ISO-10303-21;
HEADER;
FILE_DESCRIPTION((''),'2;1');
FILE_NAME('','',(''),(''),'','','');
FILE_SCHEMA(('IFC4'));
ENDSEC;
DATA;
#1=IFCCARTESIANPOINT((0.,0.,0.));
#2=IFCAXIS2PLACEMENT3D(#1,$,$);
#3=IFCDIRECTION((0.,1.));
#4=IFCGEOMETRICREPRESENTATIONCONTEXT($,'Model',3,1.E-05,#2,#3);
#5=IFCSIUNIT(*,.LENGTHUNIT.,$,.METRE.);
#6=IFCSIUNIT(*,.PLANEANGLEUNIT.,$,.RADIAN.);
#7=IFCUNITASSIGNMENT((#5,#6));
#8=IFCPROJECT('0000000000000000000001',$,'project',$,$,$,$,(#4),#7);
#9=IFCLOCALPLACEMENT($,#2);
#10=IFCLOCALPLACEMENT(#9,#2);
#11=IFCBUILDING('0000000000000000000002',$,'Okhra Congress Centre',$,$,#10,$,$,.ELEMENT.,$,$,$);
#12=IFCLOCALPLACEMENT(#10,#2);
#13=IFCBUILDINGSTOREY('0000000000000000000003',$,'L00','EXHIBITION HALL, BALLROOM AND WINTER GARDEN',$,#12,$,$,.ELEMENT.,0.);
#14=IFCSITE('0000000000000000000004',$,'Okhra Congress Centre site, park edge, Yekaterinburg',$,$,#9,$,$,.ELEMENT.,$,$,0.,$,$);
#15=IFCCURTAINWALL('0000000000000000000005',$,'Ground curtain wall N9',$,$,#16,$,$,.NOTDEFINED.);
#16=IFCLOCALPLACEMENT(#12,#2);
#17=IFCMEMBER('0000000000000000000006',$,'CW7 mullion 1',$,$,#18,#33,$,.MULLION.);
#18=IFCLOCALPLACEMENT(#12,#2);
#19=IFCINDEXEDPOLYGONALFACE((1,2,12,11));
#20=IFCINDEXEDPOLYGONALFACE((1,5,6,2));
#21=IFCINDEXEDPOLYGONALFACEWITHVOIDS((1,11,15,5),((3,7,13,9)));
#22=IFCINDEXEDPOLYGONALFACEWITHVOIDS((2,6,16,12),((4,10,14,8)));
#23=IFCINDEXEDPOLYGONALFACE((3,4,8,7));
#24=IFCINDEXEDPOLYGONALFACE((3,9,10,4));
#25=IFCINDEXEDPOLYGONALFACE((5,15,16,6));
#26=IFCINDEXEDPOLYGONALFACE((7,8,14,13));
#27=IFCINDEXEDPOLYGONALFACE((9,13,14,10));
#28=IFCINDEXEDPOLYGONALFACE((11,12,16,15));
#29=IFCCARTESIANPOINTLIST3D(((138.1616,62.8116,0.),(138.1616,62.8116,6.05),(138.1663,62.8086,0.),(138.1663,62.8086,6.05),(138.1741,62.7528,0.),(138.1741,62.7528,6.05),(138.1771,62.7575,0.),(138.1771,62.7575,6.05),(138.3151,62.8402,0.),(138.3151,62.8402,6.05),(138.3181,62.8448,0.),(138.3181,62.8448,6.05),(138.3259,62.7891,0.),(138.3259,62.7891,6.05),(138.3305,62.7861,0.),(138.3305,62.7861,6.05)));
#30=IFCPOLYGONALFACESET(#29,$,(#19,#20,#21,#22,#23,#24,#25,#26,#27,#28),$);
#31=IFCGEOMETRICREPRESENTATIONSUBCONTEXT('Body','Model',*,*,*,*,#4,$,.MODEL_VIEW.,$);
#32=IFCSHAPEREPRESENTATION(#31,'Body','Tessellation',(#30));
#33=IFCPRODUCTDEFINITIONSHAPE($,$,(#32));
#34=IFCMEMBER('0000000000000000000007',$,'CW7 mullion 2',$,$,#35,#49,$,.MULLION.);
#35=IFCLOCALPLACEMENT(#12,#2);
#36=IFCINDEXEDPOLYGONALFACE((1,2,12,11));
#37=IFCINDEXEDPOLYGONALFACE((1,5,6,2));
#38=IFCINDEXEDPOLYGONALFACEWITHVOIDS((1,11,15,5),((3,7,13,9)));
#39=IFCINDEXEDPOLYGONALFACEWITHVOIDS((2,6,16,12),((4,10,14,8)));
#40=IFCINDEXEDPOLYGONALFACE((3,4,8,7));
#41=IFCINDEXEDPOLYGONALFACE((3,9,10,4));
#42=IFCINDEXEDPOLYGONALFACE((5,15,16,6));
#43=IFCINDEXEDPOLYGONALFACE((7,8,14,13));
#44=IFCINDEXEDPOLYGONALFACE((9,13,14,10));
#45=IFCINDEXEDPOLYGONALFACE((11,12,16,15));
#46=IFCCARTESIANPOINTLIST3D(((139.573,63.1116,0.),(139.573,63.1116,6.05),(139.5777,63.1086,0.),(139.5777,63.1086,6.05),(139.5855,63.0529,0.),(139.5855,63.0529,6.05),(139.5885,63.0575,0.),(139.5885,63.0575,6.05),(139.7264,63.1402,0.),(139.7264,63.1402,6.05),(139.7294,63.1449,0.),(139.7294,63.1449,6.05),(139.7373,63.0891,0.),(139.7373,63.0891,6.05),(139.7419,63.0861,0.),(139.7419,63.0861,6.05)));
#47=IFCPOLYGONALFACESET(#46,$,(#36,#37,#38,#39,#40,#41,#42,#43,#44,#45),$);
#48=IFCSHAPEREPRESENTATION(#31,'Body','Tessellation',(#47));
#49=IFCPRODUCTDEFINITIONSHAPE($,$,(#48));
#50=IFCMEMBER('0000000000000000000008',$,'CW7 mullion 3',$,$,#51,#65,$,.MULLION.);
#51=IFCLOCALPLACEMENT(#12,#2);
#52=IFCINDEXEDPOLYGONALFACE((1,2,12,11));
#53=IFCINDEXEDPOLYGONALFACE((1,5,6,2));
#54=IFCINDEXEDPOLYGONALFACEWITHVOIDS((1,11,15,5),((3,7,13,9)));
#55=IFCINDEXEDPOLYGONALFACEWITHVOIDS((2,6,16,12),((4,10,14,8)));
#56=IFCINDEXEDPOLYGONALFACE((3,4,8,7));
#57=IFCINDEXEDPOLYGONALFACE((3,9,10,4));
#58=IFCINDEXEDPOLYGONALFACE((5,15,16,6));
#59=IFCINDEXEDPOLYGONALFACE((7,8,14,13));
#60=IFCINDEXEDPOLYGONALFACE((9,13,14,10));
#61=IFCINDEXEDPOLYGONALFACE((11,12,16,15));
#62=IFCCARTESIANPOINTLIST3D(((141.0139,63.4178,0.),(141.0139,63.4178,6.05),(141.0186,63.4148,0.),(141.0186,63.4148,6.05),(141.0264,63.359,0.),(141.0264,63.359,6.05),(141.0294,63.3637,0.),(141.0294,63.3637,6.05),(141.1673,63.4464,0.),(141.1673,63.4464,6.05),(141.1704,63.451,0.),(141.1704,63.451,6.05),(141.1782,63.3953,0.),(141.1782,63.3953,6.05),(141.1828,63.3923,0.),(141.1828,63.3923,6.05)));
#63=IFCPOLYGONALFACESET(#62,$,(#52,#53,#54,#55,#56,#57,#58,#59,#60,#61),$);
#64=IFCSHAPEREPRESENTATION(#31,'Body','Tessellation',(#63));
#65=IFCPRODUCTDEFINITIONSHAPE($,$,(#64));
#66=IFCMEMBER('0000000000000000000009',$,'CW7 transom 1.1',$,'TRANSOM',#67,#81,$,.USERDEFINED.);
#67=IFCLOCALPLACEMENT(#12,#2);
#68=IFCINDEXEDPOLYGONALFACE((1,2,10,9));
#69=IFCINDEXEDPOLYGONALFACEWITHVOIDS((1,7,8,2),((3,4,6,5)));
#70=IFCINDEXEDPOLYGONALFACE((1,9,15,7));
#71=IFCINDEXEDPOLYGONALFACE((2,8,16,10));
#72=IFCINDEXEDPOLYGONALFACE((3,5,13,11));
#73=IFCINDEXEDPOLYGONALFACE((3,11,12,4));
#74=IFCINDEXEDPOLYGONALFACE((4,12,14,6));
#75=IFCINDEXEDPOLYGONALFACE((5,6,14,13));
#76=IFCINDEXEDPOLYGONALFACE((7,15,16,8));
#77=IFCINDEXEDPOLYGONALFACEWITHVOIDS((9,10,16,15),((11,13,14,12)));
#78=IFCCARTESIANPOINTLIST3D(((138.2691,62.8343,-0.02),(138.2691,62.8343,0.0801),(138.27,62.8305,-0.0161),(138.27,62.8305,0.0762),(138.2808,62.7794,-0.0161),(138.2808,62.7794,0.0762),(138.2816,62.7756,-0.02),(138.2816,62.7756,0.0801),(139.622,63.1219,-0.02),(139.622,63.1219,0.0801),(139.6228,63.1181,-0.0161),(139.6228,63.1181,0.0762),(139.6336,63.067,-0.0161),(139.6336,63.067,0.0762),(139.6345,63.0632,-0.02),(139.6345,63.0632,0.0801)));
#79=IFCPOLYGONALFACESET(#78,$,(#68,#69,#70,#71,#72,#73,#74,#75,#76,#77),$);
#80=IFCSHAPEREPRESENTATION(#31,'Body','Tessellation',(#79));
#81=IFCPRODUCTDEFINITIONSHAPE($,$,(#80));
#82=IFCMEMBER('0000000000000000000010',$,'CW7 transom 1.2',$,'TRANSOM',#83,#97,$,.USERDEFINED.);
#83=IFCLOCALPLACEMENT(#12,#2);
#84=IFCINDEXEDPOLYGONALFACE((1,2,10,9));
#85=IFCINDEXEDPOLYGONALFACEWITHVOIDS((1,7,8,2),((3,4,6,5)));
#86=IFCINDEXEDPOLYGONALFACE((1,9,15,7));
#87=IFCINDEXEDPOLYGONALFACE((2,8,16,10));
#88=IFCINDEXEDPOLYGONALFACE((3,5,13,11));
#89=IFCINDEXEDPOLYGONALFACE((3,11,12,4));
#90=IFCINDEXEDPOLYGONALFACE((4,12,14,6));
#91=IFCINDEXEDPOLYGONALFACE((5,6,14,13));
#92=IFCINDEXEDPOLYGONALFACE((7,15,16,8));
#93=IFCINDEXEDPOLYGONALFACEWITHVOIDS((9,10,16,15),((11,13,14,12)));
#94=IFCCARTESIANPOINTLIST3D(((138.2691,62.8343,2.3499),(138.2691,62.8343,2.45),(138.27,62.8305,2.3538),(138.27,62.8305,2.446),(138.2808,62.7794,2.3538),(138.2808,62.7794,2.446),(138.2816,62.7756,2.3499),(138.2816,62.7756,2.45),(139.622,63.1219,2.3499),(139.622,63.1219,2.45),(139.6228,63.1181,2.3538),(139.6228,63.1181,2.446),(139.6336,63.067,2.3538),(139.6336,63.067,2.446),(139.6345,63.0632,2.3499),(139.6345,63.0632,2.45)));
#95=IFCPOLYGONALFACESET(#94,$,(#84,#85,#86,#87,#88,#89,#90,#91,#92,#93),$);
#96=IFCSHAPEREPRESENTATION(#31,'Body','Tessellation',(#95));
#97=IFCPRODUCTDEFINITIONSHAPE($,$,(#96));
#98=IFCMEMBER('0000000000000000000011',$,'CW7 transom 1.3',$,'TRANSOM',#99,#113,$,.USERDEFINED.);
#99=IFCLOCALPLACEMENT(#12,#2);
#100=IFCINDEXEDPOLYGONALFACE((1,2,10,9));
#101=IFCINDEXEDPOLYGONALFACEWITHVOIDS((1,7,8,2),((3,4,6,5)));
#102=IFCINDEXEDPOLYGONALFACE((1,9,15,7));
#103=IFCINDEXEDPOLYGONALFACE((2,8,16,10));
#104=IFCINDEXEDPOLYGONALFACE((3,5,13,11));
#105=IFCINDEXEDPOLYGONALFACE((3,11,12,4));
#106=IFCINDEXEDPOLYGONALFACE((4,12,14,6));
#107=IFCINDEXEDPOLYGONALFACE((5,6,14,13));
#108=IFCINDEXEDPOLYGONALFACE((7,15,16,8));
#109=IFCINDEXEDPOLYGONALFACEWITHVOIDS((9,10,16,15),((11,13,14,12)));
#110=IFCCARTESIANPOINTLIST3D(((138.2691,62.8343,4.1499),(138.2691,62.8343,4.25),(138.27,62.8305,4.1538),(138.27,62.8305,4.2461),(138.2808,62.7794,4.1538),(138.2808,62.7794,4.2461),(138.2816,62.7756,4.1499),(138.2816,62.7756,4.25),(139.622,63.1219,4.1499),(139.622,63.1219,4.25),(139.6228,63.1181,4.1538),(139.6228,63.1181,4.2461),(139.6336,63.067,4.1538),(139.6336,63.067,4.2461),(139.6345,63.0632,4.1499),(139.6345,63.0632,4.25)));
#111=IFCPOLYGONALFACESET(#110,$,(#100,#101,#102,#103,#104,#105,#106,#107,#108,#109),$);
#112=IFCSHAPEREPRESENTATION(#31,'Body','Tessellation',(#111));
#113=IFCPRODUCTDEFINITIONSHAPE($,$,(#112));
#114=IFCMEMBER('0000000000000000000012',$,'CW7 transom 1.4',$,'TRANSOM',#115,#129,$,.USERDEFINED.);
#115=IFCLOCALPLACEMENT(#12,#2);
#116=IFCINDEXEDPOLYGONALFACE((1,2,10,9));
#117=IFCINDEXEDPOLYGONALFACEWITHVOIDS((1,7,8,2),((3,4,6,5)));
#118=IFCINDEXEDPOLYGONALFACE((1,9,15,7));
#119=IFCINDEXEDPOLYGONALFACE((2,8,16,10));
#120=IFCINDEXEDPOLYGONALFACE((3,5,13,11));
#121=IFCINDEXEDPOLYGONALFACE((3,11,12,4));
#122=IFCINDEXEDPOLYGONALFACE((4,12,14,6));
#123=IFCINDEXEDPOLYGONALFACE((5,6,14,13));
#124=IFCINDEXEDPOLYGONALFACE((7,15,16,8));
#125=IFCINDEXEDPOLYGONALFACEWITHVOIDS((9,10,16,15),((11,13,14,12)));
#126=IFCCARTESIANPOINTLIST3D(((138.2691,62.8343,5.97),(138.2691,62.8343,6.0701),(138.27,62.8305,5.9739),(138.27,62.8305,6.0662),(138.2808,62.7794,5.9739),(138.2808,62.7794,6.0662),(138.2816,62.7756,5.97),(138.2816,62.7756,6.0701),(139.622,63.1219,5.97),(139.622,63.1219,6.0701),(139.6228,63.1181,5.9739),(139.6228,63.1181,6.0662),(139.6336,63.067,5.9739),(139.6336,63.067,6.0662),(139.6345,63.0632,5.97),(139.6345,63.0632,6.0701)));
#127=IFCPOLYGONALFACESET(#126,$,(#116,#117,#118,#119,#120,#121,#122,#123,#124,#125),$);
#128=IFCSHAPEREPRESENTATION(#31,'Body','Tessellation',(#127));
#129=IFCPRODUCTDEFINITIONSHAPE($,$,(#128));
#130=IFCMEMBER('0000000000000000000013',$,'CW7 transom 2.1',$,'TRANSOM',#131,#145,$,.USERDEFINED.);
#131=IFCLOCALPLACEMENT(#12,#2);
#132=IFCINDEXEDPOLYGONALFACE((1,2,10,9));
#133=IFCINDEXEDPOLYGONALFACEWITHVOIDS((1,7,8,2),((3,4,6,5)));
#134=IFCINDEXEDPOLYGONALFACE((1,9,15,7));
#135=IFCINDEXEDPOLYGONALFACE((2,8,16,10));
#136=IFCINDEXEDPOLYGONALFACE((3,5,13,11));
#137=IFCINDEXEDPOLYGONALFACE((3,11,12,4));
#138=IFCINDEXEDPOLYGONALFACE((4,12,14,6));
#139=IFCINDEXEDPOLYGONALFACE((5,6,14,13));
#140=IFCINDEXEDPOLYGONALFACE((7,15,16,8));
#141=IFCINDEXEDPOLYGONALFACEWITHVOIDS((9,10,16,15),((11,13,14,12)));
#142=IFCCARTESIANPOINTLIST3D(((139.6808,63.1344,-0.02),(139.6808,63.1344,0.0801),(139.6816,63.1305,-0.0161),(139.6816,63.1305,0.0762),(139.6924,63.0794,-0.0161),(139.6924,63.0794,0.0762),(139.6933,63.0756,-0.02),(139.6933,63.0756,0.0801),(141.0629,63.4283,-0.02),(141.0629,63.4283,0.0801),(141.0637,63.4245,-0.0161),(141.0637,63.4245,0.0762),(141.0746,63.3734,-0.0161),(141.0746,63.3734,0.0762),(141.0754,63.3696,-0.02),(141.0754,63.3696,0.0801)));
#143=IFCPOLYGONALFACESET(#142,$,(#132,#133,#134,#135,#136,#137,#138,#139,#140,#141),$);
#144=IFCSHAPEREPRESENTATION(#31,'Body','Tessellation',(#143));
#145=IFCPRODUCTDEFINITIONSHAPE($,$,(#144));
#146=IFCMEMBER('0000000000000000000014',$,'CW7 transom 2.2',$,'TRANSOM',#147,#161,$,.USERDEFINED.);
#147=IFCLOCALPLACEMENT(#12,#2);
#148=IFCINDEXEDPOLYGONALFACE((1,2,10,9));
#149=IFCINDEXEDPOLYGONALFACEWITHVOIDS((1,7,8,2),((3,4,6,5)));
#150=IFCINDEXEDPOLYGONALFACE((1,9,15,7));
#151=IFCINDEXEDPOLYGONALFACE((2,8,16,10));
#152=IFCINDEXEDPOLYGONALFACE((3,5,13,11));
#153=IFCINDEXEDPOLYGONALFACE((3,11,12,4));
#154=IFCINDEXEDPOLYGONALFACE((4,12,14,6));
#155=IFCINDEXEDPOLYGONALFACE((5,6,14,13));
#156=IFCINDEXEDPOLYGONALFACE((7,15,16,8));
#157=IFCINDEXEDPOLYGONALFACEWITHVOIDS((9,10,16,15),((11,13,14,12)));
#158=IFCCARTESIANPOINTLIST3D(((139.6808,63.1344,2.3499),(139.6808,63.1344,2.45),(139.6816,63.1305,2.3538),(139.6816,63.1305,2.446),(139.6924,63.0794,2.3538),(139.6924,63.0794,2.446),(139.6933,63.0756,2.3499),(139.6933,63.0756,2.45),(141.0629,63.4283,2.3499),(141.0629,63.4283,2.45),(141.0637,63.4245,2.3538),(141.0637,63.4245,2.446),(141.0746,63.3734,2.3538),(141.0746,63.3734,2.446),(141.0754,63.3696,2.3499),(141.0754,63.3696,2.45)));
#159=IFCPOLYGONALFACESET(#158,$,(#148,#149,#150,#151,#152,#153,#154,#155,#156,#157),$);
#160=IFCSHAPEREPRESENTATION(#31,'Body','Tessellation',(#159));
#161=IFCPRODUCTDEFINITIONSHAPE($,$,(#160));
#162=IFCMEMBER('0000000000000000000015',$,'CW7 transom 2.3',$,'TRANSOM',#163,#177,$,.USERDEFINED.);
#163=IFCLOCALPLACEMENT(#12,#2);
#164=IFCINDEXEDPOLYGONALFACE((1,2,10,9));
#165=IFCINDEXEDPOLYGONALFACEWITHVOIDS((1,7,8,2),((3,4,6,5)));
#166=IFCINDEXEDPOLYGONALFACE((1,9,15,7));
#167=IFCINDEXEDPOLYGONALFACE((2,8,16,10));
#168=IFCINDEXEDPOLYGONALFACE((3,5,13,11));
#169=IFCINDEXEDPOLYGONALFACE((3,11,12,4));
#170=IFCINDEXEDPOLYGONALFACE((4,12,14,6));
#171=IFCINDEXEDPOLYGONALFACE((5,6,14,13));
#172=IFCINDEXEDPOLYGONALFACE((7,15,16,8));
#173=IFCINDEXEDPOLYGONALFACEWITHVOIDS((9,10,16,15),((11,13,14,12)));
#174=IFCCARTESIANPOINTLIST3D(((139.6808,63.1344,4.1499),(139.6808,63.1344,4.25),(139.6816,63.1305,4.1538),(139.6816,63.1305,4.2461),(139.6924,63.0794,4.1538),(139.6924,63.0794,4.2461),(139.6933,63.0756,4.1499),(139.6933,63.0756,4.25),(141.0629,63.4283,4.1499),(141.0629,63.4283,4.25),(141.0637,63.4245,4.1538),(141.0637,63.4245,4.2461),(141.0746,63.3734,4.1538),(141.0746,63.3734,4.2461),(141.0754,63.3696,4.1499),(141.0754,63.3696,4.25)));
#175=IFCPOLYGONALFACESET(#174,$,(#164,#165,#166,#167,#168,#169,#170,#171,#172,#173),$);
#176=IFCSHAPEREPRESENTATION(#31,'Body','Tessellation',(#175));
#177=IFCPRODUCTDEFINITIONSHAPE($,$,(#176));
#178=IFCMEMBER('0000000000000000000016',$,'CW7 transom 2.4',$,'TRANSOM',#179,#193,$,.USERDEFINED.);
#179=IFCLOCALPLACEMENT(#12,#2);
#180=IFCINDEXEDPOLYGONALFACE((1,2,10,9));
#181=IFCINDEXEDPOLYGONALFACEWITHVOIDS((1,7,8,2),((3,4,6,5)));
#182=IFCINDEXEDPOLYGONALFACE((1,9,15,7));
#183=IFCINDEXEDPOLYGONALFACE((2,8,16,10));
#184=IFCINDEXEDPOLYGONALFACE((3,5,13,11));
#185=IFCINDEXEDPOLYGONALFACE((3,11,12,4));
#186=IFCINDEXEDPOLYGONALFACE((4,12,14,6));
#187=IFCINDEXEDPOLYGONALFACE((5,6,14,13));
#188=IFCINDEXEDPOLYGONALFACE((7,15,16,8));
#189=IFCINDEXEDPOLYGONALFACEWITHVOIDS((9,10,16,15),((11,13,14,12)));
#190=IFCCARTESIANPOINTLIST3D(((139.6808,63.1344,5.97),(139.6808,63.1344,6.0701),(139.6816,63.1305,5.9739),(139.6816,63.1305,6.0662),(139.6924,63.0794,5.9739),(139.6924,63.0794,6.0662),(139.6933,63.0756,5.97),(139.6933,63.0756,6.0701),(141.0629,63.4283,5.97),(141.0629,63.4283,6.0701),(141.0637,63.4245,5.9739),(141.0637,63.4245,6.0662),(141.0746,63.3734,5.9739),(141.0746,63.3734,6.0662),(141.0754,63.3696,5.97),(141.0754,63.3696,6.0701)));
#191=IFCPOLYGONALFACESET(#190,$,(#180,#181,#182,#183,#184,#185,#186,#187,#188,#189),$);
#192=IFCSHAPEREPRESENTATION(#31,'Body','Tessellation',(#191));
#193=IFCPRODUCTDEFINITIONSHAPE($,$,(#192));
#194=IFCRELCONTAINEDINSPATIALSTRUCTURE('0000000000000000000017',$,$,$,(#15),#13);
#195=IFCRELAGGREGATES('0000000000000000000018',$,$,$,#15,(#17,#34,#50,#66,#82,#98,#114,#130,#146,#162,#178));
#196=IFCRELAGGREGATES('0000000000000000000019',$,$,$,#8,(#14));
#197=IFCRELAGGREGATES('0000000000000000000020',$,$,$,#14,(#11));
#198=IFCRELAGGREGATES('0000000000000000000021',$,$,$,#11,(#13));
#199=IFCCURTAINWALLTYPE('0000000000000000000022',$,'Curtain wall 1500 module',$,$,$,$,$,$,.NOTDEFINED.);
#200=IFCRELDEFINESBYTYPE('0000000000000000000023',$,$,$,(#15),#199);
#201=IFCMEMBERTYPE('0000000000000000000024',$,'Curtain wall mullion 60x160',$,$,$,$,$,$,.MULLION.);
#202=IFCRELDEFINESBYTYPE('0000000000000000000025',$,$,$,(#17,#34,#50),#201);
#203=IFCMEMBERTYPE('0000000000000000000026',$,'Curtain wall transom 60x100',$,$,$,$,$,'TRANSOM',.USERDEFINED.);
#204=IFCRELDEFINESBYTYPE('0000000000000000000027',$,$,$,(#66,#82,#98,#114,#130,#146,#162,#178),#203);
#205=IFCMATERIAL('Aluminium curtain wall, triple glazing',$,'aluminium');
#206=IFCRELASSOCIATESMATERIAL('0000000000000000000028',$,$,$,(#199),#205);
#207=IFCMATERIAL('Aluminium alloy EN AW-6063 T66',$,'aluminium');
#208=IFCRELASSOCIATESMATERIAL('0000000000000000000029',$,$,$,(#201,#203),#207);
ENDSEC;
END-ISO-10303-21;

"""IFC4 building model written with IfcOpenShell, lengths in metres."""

from ifc_helpers import new_model, si_unit, direction, frame, origin, origin_2d, place, context, subcontext, project, spatial, hollow_rectangle, extrude, material, material_profile, profile_set, type_object, element, aggregate, save


model = new_model("IFC4")

# Units and contexts
model_context = context("Model", 3, precision=1e-05, world=origin(), true_north=direction((0.0, 1.0)))
body_context = subcontext(model_context, "Body", "Model", "MODEL_VIEW")
ifc_project = project(units=[si_unit("LENGTHUNIT", "METRE"), si_unit("PLANEANGLEUNIT", "RADIAN")], contexts=[model_context])

# Site, building, storey
site_placement = place(None, origin())
site = spatial("IfcSite", under=ifc_project, at=site_placement, Name="Okhra Congress Centre site, park edge, Yekaterinburg", CompositionType="ELEMENT", RefElevation=0.0)
building_placement = place(site_placement, origin())
building = spatial("IfcBuilding", under=site, at=building_placement, Name="Okhra Congress Centre", CompositionType="ELEMENT")
storey_placement = place(building_placement, origin())
storey = spatial("IfcBuildingStorey", under=building, at=storey_placement, Name="L00", Description="EXHIBITION HALL, BALLROOM AND WINTER GARDEN", CompositionType="ELEMENT", Elevation=0.0)

# Curtain wall, members
ifc_material_1 = material(Name="Aluminium curtain wall, triple glazing", Category="aluminium")
curtain_wall_type = type_object("IfcCurtainWallType", Name="Curtain wall 1500 module", PredefinedType="NOTDEFINED", material=ifc_material_1)
curtain_wall_placement = place(storey_placement, origin())
curtain_wall = element("IfcCurtainWall", 1, at=curtain_wall_placement, inside=storey, type_object=curtain_wall_type, Name="Ground curtain wall N9", PredefinedType="NOTDEFINED")
ifc_material_2 = material(Name="Aluminium alloy EN AW-6063 T66", Category="aluminium")
ifc_material_profile_1 = material_profile(ifc_material_2, hollow_rectangle(XDim=0.0601, YDim=0.1599, WallThickness=0.0039, at=origin_2d()), Name="RHS 60x160x4")
ifc_profile_set_1 = profile_set([ifc_material_profile_1], Name="Aluminium alloy EN AW-6063 T66")
member_type_1 = type_object("IfcMemberType", Name="Curtain wall mullion 60x160", PredefinedType="MULLION", material=ifc_profile_set_1)
member_1_placement = place(storey_placement, frame((138.2461, 62.7988, 0.0), z_axis=(0.0, 0.0, 1.0), x_axis=(-0.207912, 0.978148, 0.0)))
member_1 = element("IfcMember", 2, at=member_1_placement, type_object=member_type_1, Name="CW7 mullion 1", PredefinedType="MULLION", context=body_context, shape_type="SweptSolid", body=[
    extrude(hollow_rectangle(XDim=0.0601, YDim=0.1599, WallThickness=0.0039, at=origin_2d()), origin(), (0.0, 0.0, 1.0), 6.05),
])
member_2_placement = place(storey_placement, frame((139.6575, 63.0989, 0.0), z_axis=(0.0, 0.0, 1.0), x_axis=(-0.207912, 0.978148, 0.0)))
member_2 = element("IfcMember", 3, at=member_2_placement, type_object=member_type_1, Name="CW7 mullion 2", PredefinedType="MULLION", context=body_context, shape_type="SweptSolid", body=[
    extrude(hollow_rectangle(XDim=0.0601, YDim=0.1599, WallThickness=0.0039, at=origin_2d()), origin(), (0.0, 0.0, 1.0), 6.05),
])
member_3_placement = place(storey_placement, frame((141.0984, 63.405, 0.0), z_axis=(0.0, 0.0, 1.0), x_axis=(-0.207912, 0.978148, 0.0)))
member_3 = element("IfcMember", 4, at=member_3_placement, type_object=member_type_1, Name="CW7 mullion 3", PredefinedType="MULLION", context=body_context, shape_type="SweptSolid", body=[
    extrude(hollow_rectangle(XDim=0.0601, YDim=0.1599, WallThickness=0.0039, at=origin_2d()), origin(), (0.0, 0.0, 1.0), 6.05),
])
ifc_material_profile_2 = material_profile(ifc_material_2, hollow_rectangle(XDim=0.0601, YDim=0.1001, WallThickness=0.0039, at=origin_2d()), Name="RHS 60x100x4")
ifc_profile_set_2 = profile_set([ifc_material_profile_2], Name="Aluminium alloy EN AW-6063 T66")
member_type_2 = type_object("IfcMemberType", Name="Curtain wall transom 60x100", ElementType="TRANSOM", PredefinedType="USERDEFINED", material=ifc_profile_set_2)
member_4_placement = place(storey_placement, frame((138.2754, 62.8049, 0.03), z_axis=(0.97814, 0.20795, 0.0), x_axis=(-0.20795, 0.97814, 0.0)))
member_4 = element("IfcMember", 5, at=member_4_placement, type_object=member_type_2, Name="CW7 transom 1.1", ObjectType="TRANSOM", PredefinedType="USERDEFINED", context=body_context, shape_type="SweptSolid", body=[
    extrude(hollow_rectangle(XDim=0.0601, YDim=0.1001, WallThickness=0.0039, at=origin_2d()), origin(), (0.0, 0.0, 1.0), 1.3831),
])
member_5_placement = place(storey_placement, frame((138.2754, 62.8049, 2.3999), z_axis=(0.97814, 0.20795, 0.0), x_axis=(-0.20795, 0.97814, 0.0)))
member_5 = element("IfcMember", 6, at=member_5_placement, type_object=member_type_2, Name="CW7 transom 1.2", ObjectType="TRANSOM", PredefinedType="USERDEFINED", context=body_context, shape_type="SweptSolid", body=[
    extrude(hollow_rectangle(XDim=0.0601, YDim=0.1001, WallThickness=0.0039, at=origin_2d()), origin(), (0.0, 0.0, 1.0), 1.3831),
])
member_6_placement = place(storey_placement, frame((138.2754, 62.8049, 4.2), z_axis=(0.97814, 0.20795, 0.0), x_axis=(-0.20795, 0.97814, 0.0)))
member_6 = element("IfcMember", 7, at=member_6_placement, type_object=member_type_2, Name="CW7 transom 1.3", ObjectType="TRANSOM", PredefinedType="USERDEFINED", context=body_context, shape_type="SweptSolid", body=[
    extrude(hollow_rectangle(XDim=0.0601, YDim=0.1001, WallThickness=0.0039, at=origin_2d()), origin(), (0.0, 0.0, 1.0), 1.3831),
])
member_7_placement = place(storey_placement, frame((138.2754, 62.8049, 6.02), z_axis=(0.97814, 0.20795, 0.0), x_axis=(-0.20795, 0.97814, 0.0)))
member_7 = element("IfcMember", 8, at=member_7_placement, type_object=member_type_2, Name="CW7 transom 1.4", ObjectType="TRANSOM", PredefinedType="USERDEFINED", context=body_context, shape_type="SweptSolid", body=[
    extrude(hollow_rectangle(XDim=0.0601, YDim=0.1001, WallThickness=0.0039, at=origin_2d()), origin(), (0.0, 0.0, 1.0), 1.3831),
])
member_8_placement = place(storey_placement, frame((139.687, 63.105, 0.03), z_axis=(0.978122, 0.20803, 0.0), x_axis=(-0.20803, 0.978122, 0.0)))
member_8 = element("IfcMember", 9, at=member_8_placement, type_object=member_type_2, Name="CW7 transom 2.1", ObjectType="TRANSOM", PredefinedType="USERDEFINED", context=body_context, shape_type="SweptSolid", body=[
    extrude(hollow_rectangle(XDim=0.0601, YDim=0.1001, WallThickness=0.0039, at=origin_2d()), origin(), (0.0, 0.0, 1.0), 1.4131),
])
member_9_placement = place(storey_placement, frame((139.687, 63.105, 2.3999), z_axis=(0.978122, 0.20803, 0.0), x_axis=(-0.20803, 0.978122, 0.0)))
member_9 = element("IfcMember", 10, at=member_9_placement, type_object=member_type_2, Name="CW7 transom 2.2", ObjectType="TRANSOM", PredefinedType="USERDEFINED", context=body_context, shape_type="SweptSolid", body=[
    extrude(hollow_rectangle(XDim=0.0601, YDim=0.1001, WallThickness=0.0039, at=origin_2d()), origin(), (0.0, 0.0, 1.0), 1.4131),
])
member_10_placement = place(storey_placement, frame((139.687, 63.105, 4.2), z_axis=(0.978122, 0.20803, 0.0), x_axis=(-0.20803, 0.978122, 0.0)))
member_10 = element("IfcMember", 11, at=member_10_placement, type_object=member_type_2, Name="CW7 transom 2.3", ObjectType="TRANSOM", PredefinedType="USERDEFINED", context=body_context, shape_type="SweptSolid", body=[
    extrude(hollow_rectangle(XDim=0.0601, YDim=0.1001, WallThickness=0.0039, at=origin_2d()), origin(), (0.0, 0.0, 1.0), 1.4131),
])
member_11_placement = place(storey_placement, frame((139.687, 63.105, 6.02), z_axis=(0.978122, 0.20803, 0.0), x_axis=(-0.20803, 0.978122, 0.0)))
member_11 = element("IfcMember", 12, at=member_11_placement, type_object=member_type_2, Name="CW7 transom 2.4", ObjectType="TRANSOM", PredefinedType="USERDEFINED", context=body_context, shape_type="SweptSolid", body=[
    extrude(hollow_rectangle(XDim=0.0601, YDim=0.1001, WallThickness=0.0039, at=origin_2d()), origin(), (0.0, 0.0, 1.0), 1.4131),
])
aggregate(curtain_wall, [member_1, member_2, member_3, member_4, member_5, member_6, member_7, member_8, member_9, member_10, member_11])

save(model, "model.ifc")
